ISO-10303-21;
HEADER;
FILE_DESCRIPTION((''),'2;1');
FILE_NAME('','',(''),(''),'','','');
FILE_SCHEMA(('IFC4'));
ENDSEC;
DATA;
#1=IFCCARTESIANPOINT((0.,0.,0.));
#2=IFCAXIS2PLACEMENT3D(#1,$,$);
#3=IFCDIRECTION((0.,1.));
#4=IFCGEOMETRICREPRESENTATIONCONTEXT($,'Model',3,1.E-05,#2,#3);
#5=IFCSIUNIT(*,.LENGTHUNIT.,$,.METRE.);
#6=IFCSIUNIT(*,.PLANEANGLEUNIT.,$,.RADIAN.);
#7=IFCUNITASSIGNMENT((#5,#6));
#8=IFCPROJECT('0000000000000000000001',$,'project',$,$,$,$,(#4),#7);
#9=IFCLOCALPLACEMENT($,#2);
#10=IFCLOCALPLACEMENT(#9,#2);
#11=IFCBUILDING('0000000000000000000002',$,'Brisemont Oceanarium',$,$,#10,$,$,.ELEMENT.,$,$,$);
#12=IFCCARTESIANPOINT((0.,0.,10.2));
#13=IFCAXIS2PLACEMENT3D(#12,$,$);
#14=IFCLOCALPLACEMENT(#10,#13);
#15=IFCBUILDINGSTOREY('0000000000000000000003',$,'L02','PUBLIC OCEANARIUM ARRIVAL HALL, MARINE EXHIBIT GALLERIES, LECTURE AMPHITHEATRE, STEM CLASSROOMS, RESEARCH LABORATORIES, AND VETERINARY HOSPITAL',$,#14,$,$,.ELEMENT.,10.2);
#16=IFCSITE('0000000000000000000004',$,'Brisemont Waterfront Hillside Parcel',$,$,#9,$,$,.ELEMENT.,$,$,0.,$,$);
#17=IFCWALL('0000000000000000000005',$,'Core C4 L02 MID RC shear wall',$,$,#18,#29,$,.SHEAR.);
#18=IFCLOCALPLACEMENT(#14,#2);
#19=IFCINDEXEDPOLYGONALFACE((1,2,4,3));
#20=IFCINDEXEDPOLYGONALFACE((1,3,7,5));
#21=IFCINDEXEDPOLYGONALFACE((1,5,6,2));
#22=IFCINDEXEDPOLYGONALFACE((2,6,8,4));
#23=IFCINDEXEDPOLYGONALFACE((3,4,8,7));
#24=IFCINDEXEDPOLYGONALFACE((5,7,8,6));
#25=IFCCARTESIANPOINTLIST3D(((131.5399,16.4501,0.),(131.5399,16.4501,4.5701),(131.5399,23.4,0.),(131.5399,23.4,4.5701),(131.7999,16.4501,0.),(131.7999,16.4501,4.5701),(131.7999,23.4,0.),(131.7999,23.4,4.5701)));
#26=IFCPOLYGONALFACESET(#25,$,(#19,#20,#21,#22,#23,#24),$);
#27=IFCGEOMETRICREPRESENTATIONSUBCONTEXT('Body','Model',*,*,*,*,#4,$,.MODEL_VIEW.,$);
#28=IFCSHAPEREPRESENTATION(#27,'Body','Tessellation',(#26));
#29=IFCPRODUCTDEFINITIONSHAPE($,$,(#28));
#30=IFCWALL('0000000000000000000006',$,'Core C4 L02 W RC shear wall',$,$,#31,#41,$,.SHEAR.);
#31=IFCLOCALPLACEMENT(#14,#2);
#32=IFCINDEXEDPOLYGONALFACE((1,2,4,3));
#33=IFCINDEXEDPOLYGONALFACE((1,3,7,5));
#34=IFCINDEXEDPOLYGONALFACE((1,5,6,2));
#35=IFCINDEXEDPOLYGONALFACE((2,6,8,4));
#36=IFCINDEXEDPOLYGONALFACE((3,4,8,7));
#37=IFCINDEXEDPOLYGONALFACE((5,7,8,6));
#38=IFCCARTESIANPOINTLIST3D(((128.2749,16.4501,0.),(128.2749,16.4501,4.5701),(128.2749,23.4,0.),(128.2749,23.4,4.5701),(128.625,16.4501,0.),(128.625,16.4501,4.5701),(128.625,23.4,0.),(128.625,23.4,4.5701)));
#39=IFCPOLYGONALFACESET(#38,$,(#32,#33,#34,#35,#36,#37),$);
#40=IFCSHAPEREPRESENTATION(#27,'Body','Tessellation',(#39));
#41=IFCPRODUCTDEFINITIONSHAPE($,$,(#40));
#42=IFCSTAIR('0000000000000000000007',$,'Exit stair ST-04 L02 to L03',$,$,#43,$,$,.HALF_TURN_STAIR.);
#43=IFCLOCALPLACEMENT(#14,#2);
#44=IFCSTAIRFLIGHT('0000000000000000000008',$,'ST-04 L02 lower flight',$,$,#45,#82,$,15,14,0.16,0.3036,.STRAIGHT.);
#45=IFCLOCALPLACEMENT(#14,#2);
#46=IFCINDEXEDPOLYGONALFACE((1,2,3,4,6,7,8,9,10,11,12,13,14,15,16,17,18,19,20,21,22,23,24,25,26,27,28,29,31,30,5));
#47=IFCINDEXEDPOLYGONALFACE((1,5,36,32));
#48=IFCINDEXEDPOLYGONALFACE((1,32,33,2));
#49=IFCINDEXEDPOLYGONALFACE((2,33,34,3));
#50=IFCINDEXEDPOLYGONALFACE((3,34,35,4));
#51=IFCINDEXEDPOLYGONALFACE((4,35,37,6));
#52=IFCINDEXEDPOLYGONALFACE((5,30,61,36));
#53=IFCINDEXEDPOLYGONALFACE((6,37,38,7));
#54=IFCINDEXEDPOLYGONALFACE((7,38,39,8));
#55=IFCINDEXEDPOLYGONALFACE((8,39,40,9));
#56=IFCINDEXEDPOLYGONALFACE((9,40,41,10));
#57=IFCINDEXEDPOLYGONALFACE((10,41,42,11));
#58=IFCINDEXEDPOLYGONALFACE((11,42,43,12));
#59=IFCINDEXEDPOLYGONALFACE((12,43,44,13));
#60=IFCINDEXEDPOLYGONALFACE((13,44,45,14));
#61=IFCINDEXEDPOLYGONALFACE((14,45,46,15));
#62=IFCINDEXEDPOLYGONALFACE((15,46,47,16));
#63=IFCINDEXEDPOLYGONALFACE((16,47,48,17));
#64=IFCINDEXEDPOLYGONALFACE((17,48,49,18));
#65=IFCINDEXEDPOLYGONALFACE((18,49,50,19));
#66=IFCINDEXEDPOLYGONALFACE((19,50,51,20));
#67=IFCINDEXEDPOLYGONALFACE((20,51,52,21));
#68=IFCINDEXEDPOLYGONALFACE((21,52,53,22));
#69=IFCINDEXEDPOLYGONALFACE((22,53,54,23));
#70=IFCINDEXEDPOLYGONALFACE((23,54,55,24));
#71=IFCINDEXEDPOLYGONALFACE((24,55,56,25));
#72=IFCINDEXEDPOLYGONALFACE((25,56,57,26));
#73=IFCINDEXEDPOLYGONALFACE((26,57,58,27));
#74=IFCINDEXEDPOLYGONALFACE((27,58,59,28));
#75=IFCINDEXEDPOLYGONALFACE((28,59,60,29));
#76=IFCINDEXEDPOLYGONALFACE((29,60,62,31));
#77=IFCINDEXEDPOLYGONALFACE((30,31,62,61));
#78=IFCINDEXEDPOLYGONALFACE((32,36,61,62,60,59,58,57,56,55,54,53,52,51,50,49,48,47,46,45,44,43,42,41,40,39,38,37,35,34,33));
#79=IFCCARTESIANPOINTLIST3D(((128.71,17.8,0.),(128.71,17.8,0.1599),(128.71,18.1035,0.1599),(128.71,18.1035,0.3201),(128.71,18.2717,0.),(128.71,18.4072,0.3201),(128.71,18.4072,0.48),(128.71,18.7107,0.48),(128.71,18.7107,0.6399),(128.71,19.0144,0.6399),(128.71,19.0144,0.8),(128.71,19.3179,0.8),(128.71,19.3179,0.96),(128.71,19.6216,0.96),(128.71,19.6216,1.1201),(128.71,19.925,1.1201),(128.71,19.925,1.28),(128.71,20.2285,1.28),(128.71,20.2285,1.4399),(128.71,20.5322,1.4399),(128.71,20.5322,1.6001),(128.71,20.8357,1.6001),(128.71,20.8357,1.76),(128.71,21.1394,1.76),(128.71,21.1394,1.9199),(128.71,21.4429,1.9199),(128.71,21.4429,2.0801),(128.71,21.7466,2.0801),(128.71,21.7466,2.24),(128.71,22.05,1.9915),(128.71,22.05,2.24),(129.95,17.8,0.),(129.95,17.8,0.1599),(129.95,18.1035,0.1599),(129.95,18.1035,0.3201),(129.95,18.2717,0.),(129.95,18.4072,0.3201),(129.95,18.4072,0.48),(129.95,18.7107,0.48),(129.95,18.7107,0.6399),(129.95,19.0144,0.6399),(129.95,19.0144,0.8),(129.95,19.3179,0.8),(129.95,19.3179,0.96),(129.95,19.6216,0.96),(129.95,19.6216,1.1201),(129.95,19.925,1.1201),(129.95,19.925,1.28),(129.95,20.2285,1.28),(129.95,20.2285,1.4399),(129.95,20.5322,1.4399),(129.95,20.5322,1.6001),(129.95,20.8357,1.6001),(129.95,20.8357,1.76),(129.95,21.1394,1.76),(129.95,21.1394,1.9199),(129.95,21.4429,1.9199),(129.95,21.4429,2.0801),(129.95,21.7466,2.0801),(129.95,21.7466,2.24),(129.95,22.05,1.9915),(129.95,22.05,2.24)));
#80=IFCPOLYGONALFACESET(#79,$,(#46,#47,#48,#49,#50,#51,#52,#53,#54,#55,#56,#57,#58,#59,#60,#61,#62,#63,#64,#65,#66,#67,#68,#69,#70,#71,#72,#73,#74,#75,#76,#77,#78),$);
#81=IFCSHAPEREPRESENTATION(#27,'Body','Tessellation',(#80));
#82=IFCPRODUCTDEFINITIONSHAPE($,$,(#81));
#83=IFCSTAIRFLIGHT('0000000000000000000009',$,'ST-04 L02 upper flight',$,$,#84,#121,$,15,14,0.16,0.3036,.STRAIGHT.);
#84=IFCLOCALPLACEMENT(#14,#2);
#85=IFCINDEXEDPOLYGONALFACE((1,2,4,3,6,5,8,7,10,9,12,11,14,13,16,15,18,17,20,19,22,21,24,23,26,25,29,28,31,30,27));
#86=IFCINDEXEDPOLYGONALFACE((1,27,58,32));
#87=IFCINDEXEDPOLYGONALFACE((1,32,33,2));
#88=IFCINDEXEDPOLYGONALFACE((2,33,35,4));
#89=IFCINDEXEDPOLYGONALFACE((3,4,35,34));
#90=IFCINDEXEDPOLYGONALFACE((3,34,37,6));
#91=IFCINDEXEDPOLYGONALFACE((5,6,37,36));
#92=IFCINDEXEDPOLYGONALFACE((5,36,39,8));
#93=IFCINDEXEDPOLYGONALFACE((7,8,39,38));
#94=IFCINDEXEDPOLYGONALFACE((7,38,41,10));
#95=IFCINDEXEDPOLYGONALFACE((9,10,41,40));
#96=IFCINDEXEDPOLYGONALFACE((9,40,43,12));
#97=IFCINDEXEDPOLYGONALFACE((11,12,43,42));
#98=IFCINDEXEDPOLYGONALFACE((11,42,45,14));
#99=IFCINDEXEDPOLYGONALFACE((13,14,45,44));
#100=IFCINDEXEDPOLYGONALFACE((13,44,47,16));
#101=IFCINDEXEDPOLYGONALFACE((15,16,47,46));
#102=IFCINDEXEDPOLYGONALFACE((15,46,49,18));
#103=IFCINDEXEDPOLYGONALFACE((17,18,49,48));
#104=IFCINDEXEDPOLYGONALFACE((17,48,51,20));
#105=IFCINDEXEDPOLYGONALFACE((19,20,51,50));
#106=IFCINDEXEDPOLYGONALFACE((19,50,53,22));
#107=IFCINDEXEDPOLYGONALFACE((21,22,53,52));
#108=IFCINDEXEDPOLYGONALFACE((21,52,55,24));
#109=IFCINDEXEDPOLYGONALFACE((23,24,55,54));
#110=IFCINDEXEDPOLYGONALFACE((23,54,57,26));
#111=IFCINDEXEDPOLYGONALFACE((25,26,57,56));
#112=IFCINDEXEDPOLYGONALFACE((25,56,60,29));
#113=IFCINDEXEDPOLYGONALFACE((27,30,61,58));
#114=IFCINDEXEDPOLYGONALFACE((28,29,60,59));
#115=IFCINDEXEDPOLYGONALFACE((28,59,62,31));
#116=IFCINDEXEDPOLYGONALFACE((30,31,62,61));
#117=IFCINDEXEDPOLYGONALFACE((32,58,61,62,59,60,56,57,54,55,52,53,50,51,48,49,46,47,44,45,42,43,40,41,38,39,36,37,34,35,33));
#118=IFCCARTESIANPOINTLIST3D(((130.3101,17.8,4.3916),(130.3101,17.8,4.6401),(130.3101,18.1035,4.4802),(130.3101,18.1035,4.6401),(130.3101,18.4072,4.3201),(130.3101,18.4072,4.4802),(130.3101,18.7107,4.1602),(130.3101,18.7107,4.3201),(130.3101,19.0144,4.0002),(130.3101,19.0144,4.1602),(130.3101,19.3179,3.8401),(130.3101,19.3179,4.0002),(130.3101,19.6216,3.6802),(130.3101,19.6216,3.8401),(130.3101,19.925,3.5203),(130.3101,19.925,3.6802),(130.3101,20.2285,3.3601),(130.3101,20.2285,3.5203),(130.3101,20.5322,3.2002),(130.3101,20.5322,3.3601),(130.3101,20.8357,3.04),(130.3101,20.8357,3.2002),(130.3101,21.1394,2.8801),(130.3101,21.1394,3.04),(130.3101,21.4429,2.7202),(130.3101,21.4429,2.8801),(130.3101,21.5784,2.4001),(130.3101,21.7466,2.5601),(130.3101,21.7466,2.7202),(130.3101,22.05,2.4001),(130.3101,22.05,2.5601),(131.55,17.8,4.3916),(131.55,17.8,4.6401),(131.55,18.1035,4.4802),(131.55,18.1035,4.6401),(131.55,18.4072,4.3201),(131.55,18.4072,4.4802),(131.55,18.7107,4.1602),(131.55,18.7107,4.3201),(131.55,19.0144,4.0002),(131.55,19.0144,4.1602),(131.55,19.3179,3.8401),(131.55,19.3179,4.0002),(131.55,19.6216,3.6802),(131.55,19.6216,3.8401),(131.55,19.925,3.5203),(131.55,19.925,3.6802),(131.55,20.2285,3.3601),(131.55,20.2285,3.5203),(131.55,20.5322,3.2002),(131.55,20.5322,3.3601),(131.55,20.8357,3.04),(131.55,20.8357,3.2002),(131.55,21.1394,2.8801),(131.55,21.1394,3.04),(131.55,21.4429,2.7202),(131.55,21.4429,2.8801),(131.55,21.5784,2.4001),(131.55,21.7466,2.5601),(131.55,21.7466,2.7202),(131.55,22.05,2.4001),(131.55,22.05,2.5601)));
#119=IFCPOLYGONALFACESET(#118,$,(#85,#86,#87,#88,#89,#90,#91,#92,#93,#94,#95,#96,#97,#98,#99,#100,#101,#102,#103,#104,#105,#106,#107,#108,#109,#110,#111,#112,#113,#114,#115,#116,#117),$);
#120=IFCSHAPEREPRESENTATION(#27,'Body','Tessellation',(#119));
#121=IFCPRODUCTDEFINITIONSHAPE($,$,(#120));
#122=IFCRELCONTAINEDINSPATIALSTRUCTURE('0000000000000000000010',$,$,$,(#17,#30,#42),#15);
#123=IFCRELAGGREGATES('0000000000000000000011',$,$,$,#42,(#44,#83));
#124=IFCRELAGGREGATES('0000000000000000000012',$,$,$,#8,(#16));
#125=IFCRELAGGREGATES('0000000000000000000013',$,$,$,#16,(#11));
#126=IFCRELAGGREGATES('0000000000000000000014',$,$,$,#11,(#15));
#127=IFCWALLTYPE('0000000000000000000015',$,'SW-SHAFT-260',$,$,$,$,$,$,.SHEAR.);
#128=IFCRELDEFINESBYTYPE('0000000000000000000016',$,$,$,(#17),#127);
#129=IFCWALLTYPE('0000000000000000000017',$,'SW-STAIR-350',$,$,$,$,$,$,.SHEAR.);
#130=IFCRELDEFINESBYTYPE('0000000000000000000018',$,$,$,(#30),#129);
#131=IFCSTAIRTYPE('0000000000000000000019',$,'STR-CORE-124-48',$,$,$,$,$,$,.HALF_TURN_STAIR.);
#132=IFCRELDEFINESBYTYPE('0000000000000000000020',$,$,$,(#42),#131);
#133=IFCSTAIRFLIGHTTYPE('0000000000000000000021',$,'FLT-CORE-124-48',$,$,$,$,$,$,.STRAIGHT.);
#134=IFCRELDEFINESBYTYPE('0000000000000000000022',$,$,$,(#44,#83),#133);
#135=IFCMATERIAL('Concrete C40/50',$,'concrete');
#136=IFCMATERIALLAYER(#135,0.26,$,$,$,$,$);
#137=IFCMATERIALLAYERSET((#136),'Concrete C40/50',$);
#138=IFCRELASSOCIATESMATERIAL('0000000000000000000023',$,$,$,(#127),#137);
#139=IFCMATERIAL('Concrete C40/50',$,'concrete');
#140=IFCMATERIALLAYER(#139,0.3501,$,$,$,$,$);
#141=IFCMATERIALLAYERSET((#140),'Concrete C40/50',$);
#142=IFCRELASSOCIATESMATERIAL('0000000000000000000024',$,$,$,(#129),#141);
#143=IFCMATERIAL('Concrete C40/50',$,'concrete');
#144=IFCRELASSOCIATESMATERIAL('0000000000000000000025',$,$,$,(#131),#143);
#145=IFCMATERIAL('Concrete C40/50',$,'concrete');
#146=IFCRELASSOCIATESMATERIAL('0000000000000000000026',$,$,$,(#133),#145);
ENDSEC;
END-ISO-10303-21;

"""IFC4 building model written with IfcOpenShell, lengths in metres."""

from ifc_helpers import new_model, si_unit, direction, frame, frame_2d, origin, place, context, subcontext, project, spatial, polyline, rectangle, outline, extrude, material, layer, layer_set, type_object, element, aggregate, save


model = new_model("IFC4")

# Units and contexts
model_context = context("Model", 3, precision=1e-05, world=origin(), true_north=direction((0.0, 1.0)))
body_context = subcontext(model_context, "Body", "Model", "MODEL_VIEW")
ifc_project = project(units=[si_unit("LENGTHUNIT", "METRE"), si_unit("PLANEANGLEUNIT", "RADIAN")], contexts=[model_context])

# Site, building, storey
site_placement = place(None, origin())
site = spatial("IfcSite", under=ifc_project, at=site_placement, Name="Brisemont Waterfront Hillside Parcel", CompositionType="ELEMENT", RefElevation=0.0)
building_placement = place(site_placement, origin())
building = spatial("IfcBuilding", under=site, at=building_placement, Name="Brisemont Oceanarium", CompositionType="ELEMENT")
storey_placement = place(building_placement, frame((0.0, 0.0, 10.2)))
storey = spatial("IfcBuildingStorey", under=building, at=storey_placement, Name="L02", Description="PUBLIC OCEANARIUM ARRIVAL HALL, MARINE EXHIBIT GALLERIES, LECTURE AMPHITHEATRE, STEM CLASSROOMS, RESEARCH LABORATORIES, AND VETERINARY HOSPITAL", CompositionType="ELEMENT", Elevation=10.2)

# Walls
ifc_material_1 = material(Name="Concrete C40/50", Category="concrete")
ifc_layer_1 = layer(ifc_material_1, 0.26)
ifc_layer_set_1 = layer_set([ifc_layer_1], Name="Concrete C40/50")
wall_type_1 = type_object("IfcWallType", Name="SW-SHAFT-260", PredefinedType="SHEAR", material=ifc_layer_set_1)
for number, where, z_axis, x_axis, name in (
    (1, (131.6699, 16.45, 0.0), (0.0, 0.0, 1.0), (0.0, 1.0, 0.0), "Core C4 L02 MID RC shear wall"),
):
    element("IfcWall", number, at=place(storey_placement, frame(where, z_axis=z_axis, x_axis=x_axis)), inside=storey, type_object=wall_type_1, Name=name, PredefinedType="SHEAR", context=body_context, shape_type="SweptSolid", body=[
        extrude(rectangle(XDim=6.95, YDim=0.26, at=frame_2d((3.4751, 0.0))), origin(), (0.0, 0.0, 1.0), 4.5701),
    ])
ifc_material_2 = material(Name="Concrete C40/50", Category="concrete")
ifc_layer_2 = layer(ifc_material_2, 0.3501)
ifc_layer_set_2 = layer_set([ifc_layer_2], Name="Concrete C40/50")
wall_type_2 = type_object("IfcWallType", Name="SW-STAIR-350", PredefinedType="SHEAR", material=ifc_layer_set_2)
wall_1_placement = place(storey_placement, frame((128.45, 16.45, 0.0), z_axis=(0.0, 0.0, 1.0), x_axis=(0.0, 1.0, 0.0)))
element("IfcWall", 2, at=wall_1_placement, inside=storey, type_object=wall_type_2, Name="Core C4 L02 W RC shear wall", PredefinedType="SHEAR", context=body_context, shape_type="SweptSolid", body=[
    extrude(rectangle(XDim=6.95, YDim=0.3501, at=frame_2d((3.4751, 0.0))), origin(), (0.0, 0.0, 1.0), 4.5701),
])

# Stair, stair flights
ifc_material_3 = material(Name="Concrete C40/50", Category="concrete")
stair_type = type_object("IfcStairType", Name="STR-CORE-124-48", PredefinedType="HALF_TURN_STAIR", material=ifc_material_3)
stair_placement = place(storey_placement, origin())
stair = element("IfcStair", 3, at=stair_placement, inside=storey, type_object=stair_type, Name="Exit stair ST-04 L02 to L03", PredefinedType="HALF_TURN_STAIR")
ifc_material_4 = material(Name="Concrete C40/50", Category="concrete")
stair_flight_type = type_object("IfcStairFlightType", Name="FLT-CORE-124-48", PredefinedType="STRAIGHT", material=ifc_material_4)
stair_flight_1_placement = place(storey_placement, frame((129.3301, 17.8, 0.0), z_axis=(0.0, 0.0, 1.0), x_axis=(0.0, 1.0, 0.0)))
stair_flight_1 = element("IfcStairFlight", 4, at=stair_flight_1_placement, type_object=stair_flight_type, Name="ST-04 L02 lower flight", NumberOfRisers=15, NumberOfTreads=14, PredefinedType="STRAIGHT", RiserHeight=0.16, TreadLength=0.3036, context=body_context, shape_type="SweptSolid", body=[
    extrude(outline(polyline([(0.0, 0.0), (0.0, 0.1599), (0.3035, 0.1599), (0.3035, 0.3201), (0.6072, 0.3201), (0.6072, 0.48), (0.9106, 0.48), (0.9106, 0.6399), (1.2144, 0.6399), (1.2144, 0.8), (1.5178, 0.8), (1.5178, 0.96), (1.8215, 0.96), (1.8215, 1.1201), (2.125, 1.1201), (2.125, 1.28), (2.4285, 1.28), (2.4285, 1.4399), (2.7322, 1.4399), (2.7322, 1.6001), (3.0356, 1.6001), (3.0356, 1.76), (3.3394, 1.76), (3.3394, 1.9199), (3.6428, 1.9199), (3.6428, 2.0801), (3.9465, 2.0801), (3.9465, 2.24), (4.25, 2.24), (4.25, 2.3999), (4.25, 1.9915), (0.4717, 0.0), (0.0, 0.0)])), frame((0.0, 0.6201, 0.0), z_axis=(0.0, -1.0, 0.0), x_axis=(1.0, 0.0, 0.0)), (0.0, 0.0, 1.0), 1.24),
])
stair_flight_2_placement = place(storey_placement, frame((130.9299, 22.05, 2.4001), z_axis=(0.0, 0.0, 1.0), x_axis=(0.0, -1.0, 0.0)))
stair_flight_2 = element("IfcStairFlight", 5, at=stair_flight_2_placement, type_object=stair_flight_type, Name="ST-04 L02 upper flight", NumberOfRisers=15, NumberOfTreads=14, PredefinedType="STRAIGHT", RiserHeight=0.16, TreadLength=0.3036, context=body_context, shape_type="SweptSolid", body=[
    extrude(outline(polyline([(0.0, 0.0), (0.0, 0.1599), (0.3035, 0.1599), (0.3035, 0.3201), (0.6072, 0.3201), (0.6072, 0.48), (0.9106, 0.48), (0.9106, 0.6399), (1.2144, 0.6399), (1.2144, 0.8), (1.5178, 0.8), (1.5178, 0.96), (1.8215, 0.96), (1.8215, 1.1201), (2.125, 1.1201), (2.125, 1.28), (2.4285, 1.28), (2.4285, 1.4399), (2.7322, 1.4399), (2.7322, 1.6001), (3.0356, 1.6001), (3.0356, 1.76), (3.3394, 1.76), (3.3394, 1.9199), (3.6428, 1.9199), (3.6428, 2.0801), (3.9465, 2.0801), (3.9465, 2.24), (4.25, 2.24), (4.25, 2.3999), (4.25, 1.9915), (0.4717, 0.0), (0.0, 0.0)])), frame((0.0, 0.6201, 0.0), z_axis=(0.0, -1.0, 0.0), x_axis=(1.0, 0.0, 0.0)), (0.0, 0.0, 1.0), 1.24),
])
aggregate(stair, [stair_flight_1, stair_flight_2])

save(model, "model.ifc")
